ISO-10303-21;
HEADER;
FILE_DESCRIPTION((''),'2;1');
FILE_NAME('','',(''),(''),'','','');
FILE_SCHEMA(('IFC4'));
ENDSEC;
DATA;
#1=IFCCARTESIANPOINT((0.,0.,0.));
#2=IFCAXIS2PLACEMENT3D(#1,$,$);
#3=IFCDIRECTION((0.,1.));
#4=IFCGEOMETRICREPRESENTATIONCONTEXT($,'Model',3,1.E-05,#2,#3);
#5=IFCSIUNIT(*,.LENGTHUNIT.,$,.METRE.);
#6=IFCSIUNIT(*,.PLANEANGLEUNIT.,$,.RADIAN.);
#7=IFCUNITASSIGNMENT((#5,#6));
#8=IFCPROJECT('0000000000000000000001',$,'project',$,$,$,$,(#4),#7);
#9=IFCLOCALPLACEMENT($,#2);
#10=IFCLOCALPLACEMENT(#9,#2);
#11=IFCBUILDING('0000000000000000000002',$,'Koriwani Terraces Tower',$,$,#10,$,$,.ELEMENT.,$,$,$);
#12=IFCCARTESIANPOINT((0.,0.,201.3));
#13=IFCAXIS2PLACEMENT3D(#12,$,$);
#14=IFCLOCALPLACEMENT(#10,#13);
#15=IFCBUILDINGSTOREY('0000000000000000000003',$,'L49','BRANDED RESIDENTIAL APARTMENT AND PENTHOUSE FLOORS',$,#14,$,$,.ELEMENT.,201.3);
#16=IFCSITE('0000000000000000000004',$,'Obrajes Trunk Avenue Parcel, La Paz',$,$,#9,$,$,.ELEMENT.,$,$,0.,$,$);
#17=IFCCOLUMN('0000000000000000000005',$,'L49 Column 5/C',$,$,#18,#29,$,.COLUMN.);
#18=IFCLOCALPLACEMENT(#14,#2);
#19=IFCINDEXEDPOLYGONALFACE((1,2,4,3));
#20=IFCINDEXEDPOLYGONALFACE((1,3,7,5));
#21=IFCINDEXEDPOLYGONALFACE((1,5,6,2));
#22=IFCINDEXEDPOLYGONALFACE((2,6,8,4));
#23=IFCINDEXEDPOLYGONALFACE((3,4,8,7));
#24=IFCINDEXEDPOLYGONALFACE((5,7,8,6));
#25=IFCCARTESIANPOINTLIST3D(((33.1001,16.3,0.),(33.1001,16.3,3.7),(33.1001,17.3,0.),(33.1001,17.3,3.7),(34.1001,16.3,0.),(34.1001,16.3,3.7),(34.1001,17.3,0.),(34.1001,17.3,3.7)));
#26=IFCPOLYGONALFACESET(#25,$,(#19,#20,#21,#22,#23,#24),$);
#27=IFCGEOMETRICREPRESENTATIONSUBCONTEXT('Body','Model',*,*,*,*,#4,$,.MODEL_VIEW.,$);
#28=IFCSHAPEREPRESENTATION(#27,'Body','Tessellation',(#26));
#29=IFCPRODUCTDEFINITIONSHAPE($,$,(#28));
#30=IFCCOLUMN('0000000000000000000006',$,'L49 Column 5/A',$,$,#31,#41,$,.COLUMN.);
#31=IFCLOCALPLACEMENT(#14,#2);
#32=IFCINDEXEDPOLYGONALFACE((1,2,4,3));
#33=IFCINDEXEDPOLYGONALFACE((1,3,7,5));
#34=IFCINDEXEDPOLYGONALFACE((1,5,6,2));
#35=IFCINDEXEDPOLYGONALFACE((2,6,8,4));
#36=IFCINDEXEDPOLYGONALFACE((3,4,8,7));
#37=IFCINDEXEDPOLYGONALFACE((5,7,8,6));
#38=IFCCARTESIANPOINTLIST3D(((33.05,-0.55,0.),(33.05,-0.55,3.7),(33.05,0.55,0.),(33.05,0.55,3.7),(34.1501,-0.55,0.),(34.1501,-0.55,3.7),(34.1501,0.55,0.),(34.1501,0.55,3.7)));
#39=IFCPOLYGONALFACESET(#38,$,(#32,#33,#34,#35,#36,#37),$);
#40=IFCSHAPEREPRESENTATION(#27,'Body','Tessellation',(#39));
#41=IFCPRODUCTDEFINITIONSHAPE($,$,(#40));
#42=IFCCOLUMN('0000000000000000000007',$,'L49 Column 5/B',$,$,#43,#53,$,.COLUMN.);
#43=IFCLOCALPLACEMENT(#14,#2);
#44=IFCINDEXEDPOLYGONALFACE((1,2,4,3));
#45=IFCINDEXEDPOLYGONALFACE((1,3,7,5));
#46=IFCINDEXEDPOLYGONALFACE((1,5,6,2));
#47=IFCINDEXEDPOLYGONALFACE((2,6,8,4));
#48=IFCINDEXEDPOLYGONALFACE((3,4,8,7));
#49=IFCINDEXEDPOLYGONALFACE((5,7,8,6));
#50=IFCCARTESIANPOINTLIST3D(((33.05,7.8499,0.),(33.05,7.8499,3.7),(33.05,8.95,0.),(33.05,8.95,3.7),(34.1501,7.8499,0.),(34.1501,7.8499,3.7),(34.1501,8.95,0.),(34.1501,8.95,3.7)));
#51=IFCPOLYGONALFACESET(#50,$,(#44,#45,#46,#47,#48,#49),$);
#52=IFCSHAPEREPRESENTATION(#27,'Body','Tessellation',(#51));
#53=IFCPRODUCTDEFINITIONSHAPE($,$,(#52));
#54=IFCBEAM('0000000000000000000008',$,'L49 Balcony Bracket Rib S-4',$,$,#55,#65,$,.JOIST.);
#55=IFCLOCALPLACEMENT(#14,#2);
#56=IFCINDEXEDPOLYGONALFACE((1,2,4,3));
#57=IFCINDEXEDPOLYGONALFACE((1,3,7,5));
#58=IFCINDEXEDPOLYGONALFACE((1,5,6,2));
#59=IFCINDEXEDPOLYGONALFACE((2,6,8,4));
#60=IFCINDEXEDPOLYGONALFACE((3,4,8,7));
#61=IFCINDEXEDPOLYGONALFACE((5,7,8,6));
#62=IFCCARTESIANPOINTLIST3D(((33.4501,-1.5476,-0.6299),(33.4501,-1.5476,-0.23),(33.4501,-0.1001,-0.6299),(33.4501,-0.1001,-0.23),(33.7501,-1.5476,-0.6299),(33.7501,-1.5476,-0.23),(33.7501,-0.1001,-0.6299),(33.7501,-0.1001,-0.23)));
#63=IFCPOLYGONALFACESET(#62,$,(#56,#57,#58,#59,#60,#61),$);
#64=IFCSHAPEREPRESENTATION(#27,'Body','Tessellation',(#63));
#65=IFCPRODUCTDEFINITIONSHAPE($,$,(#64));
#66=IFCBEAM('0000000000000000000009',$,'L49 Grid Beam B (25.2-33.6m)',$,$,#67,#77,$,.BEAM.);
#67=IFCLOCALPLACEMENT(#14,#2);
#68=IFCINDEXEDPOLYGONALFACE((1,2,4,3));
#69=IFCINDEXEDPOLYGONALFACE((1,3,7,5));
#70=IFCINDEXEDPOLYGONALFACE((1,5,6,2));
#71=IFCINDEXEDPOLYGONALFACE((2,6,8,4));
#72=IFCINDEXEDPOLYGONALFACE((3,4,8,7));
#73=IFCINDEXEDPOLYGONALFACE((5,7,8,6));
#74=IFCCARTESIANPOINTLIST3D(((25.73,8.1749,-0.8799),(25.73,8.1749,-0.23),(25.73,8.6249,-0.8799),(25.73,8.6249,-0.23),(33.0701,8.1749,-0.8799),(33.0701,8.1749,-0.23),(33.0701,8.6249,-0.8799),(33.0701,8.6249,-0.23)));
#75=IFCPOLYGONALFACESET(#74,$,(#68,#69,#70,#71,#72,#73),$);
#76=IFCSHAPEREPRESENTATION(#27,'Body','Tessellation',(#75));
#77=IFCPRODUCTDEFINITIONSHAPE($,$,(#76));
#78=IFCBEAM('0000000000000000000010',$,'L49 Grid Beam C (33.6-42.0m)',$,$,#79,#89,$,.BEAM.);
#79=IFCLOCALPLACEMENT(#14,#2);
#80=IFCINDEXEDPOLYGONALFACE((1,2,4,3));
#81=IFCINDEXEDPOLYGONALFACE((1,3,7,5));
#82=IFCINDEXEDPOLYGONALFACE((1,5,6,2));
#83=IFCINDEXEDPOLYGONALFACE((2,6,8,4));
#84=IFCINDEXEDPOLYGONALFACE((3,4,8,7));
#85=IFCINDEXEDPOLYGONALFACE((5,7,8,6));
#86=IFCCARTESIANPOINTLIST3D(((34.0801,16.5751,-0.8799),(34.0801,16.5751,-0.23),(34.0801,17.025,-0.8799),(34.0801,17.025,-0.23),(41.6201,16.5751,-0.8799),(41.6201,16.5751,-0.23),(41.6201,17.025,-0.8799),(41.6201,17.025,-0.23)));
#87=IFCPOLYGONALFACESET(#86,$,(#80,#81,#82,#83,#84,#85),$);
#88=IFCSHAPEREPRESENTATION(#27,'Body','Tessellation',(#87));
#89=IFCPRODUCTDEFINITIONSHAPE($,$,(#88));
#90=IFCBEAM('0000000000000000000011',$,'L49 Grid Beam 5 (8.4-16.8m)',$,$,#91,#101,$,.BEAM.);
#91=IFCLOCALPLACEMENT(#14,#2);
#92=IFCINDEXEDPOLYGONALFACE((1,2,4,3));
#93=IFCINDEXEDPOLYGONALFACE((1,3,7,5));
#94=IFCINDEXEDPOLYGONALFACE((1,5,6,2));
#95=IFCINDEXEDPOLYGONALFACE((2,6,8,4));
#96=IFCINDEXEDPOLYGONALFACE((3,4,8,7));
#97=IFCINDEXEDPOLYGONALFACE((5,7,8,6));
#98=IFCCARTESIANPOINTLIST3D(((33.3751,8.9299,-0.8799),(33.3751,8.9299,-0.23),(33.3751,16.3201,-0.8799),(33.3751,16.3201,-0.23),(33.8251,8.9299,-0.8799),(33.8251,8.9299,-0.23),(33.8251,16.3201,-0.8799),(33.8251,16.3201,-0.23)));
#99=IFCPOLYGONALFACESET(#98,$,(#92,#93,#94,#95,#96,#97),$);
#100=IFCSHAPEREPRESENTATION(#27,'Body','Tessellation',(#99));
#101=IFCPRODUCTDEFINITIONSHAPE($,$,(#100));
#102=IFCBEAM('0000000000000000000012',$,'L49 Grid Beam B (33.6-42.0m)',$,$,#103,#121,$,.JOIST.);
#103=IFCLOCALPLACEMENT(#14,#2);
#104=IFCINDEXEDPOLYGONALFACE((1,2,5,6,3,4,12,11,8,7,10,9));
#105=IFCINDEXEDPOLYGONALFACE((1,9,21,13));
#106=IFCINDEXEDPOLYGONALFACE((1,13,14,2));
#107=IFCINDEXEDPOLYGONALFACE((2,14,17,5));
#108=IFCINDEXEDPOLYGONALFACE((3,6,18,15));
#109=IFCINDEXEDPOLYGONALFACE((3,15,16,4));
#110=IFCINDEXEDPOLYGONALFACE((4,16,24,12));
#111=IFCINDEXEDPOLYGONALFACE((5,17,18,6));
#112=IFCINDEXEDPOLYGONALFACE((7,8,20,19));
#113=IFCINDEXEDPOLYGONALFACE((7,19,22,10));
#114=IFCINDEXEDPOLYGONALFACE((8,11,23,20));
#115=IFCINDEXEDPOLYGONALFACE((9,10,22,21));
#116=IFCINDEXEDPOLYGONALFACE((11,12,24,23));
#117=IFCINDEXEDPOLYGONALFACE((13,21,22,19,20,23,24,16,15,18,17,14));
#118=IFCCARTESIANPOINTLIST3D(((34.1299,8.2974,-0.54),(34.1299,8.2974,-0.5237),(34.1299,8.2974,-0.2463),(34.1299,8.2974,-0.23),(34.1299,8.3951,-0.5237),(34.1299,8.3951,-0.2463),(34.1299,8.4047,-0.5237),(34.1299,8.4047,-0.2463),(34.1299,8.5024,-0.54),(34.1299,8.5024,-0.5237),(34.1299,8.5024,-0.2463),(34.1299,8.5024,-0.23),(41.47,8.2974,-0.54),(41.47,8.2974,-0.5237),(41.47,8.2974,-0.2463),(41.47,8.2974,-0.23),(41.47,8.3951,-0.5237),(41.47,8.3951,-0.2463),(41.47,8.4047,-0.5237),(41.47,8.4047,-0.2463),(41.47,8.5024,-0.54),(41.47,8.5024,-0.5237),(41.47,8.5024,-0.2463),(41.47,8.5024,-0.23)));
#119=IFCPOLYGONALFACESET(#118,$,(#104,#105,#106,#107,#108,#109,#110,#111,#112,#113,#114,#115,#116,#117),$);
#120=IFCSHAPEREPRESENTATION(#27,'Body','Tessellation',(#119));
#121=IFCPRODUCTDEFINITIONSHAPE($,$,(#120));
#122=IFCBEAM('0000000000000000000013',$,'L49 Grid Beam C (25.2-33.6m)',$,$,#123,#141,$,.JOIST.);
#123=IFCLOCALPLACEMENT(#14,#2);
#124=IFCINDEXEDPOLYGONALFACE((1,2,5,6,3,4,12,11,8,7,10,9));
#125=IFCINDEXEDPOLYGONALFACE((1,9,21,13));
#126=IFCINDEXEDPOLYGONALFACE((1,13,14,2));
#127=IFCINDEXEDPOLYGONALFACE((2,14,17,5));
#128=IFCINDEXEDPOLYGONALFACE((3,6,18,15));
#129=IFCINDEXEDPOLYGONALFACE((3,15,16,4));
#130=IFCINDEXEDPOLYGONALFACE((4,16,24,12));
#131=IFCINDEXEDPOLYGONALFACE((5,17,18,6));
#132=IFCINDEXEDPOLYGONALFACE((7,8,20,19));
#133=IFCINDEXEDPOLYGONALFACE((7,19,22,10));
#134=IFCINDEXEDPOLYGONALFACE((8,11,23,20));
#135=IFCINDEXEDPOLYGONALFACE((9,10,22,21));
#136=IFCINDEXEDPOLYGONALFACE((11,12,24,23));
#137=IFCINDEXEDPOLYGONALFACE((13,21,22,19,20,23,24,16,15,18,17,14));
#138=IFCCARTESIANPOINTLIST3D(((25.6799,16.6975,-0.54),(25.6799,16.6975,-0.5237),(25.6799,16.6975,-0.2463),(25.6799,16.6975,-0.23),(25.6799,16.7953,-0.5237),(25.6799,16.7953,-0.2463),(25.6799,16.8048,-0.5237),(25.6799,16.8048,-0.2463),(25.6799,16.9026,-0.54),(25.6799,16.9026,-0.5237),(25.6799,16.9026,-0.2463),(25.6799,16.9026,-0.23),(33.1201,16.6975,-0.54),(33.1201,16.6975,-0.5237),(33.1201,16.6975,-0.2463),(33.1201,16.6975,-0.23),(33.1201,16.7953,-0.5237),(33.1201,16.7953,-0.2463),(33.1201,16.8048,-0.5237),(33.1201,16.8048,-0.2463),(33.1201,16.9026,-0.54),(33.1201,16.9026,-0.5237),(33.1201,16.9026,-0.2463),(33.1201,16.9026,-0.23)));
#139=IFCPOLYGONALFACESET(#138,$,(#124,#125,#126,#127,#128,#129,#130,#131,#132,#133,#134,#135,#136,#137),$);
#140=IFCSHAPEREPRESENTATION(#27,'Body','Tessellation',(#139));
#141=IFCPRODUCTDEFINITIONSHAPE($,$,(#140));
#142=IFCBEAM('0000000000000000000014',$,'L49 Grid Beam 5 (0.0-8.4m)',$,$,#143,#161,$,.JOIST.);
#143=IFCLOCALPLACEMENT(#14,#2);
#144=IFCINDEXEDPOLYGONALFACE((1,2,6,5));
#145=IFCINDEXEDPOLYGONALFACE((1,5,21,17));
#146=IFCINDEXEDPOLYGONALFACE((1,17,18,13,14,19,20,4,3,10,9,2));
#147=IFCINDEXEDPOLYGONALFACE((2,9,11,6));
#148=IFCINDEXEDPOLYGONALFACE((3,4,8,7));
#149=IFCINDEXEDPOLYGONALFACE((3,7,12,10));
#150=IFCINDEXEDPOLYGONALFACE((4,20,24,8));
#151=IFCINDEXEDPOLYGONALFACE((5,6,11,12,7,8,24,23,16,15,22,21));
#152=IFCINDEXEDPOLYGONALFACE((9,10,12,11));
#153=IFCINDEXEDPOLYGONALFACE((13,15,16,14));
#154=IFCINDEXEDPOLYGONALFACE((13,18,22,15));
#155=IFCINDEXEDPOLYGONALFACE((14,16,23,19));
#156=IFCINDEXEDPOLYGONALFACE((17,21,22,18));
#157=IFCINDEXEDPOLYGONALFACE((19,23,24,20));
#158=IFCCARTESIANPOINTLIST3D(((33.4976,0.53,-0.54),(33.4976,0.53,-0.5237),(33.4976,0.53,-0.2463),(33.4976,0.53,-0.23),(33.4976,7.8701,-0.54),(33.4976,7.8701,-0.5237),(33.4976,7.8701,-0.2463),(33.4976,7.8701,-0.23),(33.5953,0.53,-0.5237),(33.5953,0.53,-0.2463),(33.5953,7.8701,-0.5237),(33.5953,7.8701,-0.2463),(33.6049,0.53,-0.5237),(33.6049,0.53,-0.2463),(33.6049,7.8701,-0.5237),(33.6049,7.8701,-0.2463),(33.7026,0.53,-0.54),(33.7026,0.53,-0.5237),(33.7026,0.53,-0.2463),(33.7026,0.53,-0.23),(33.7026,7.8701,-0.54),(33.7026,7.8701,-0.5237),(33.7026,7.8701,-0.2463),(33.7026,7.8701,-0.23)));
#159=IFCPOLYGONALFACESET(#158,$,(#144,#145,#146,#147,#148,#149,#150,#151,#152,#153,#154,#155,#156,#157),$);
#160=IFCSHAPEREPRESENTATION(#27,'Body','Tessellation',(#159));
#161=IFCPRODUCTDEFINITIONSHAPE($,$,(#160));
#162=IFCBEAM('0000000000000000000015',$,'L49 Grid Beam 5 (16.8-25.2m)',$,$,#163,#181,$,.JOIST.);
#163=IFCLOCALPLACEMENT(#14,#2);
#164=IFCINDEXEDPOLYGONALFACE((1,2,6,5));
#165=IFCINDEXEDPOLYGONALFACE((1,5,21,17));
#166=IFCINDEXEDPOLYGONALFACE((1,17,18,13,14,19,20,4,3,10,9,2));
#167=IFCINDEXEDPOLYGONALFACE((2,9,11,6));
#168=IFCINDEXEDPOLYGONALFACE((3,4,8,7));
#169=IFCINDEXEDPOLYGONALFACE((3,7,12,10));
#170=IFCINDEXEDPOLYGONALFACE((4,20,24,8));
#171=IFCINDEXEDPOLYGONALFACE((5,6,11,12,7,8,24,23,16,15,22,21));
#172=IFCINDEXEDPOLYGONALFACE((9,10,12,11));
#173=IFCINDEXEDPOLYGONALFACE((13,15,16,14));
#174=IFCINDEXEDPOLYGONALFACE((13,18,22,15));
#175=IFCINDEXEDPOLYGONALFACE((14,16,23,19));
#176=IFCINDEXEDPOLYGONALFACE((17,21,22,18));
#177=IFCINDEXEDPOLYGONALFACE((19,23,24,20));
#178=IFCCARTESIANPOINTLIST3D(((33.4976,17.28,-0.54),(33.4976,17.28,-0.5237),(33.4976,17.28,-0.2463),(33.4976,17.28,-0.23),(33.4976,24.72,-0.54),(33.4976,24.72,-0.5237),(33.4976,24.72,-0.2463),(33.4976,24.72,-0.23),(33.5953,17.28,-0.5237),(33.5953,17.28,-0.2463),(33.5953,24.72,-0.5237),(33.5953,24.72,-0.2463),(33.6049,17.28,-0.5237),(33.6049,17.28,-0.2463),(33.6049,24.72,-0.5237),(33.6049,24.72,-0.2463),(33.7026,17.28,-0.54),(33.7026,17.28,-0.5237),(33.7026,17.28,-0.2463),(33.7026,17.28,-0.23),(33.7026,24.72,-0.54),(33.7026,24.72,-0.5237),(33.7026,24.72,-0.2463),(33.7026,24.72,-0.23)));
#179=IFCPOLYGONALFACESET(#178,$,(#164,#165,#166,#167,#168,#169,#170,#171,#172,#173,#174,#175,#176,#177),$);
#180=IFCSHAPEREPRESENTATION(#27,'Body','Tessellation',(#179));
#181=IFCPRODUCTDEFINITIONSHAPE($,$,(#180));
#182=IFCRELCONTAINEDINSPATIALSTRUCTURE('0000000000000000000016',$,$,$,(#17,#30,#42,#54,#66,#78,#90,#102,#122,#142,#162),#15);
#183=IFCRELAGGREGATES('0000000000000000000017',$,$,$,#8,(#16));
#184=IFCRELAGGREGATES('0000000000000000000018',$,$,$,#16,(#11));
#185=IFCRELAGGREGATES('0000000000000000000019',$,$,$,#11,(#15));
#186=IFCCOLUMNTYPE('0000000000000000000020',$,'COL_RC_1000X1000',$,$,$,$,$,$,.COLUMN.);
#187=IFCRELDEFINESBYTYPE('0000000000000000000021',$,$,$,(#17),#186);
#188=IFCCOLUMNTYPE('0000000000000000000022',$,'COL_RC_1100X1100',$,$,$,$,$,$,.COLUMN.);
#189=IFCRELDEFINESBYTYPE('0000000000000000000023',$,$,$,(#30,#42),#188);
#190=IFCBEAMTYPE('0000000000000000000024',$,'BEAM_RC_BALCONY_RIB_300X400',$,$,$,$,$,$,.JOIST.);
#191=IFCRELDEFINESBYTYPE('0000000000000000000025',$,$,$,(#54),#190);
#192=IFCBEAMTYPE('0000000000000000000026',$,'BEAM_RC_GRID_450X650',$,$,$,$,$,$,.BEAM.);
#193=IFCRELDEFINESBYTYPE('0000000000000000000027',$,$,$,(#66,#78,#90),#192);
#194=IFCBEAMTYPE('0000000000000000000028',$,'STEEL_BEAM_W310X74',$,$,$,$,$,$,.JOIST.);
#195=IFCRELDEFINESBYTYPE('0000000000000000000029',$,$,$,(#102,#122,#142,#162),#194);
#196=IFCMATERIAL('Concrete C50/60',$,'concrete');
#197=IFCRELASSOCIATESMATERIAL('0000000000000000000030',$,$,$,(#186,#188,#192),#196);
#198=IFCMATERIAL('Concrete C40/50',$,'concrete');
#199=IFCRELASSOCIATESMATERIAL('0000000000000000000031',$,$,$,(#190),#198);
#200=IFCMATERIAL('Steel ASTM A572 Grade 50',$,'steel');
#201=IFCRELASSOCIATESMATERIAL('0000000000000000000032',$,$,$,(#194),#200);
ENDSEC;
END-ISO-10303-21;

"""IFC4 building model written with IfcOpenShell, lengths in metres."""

from ifc_helpers import new_model, si_unit, direction, frame, origin, origin_2d, place, context, subcontext, project, spatial, rectangle, i_section, extrude, material, material_profile, profile_set, type_object, element, save


model = new_model("IFC4")

# Units and contexts
model_context = context("Model", 3, precision=1e-05, world=origin(), true_north=direction((0.0, 1.0)))
body_context = subcontext(model_context, "Body", "Model", "MODEL_VIEW")
ifc_project = project(units=[si_unit("LENGTHUNIT", "METRE"), si_unit("PLANEANGLEUNIT", "RADIAN")], contexts=[model_context])

# Site, building, storey
site_placement = place(None, origin())
site = spatial("IfcSite", under=ifc_project, at=site_placement, Name="Obrajes Trunk Avenue Parcel, La Paz", CompositionType="ELEMENT", RefElevation=0.0)
building_placement = place(site_placement, origin())
building = spatial("IfcBuilding", under=site, at=building_placement, Name="Koriwani Terraces Tower", CompositionType="ELEMENT")
storey_placement = place(building_placement, frame((0.0, 0.0, 201.3)))
storey = spatial("IfcBuildingStorey", under=building, at=storey_placement, Name="L49", Description="BRANDED RESIDENTIAL APARTMENT AND PENTHOUSE FLOORS", CompositionType="ELEMENT", Elevation=201.3)

# Columns
ifc_material_1 = material(Name="Concrete C50/60", Category="concrete")
ifc_material_profile_1 = material_profile(ifc_material_1, rectangle(XDim=1.0, YDim=1.0, at=origin_2d()), Name="Concrete C50/60", Category="LoadBearing")
ifc_profile_set_1 = profile_set([ifc_material_profile_1], Name="Concrete C50/60")
column_type_1 = type_object("IfcColumnType", Name="COL_RC_1000X1000", PredefinedType="COLUMN", material=ifc_profile_set_1)
column_placement = place(storey_placement, frame((33.6001, 16.8, 0.0), z_axis=(0.0, 0.0, 1.0), x_axis=(1.0, 0.0, 0.0)))
element("IfcColumn", 1, at=column_placement, inside=storey, type_object=column_type_1, Name="L49 Column 5/C", PredefinedType="COLUMN", context=body_context, shape_type="SweptSolid", body=[
    extrude(rectangle(XDim=1.0, YDim=1.0, at=origin_2d()), origin(), (0.0, 0.0, 1.0), 3.7),
])
ifc_material_profile_2 = material_profile(ifc_material_1, rectangle(XDim=1.1001, YDim=1.1001, at=origin_2d()), Name="Concrete C50/60", Category="LoadBearing")
ifc_profile_set_2 = profile_set([ifc_material_profile_2], Name="Concrete C50/60")
column_type_2 = type_object("IfcColumnType", Name="COL_RC_1100X1100", PredefinedType="COLUMN", material=ifc_profile_set_2)
for number, where, z_axis, x_axis, name in (
    (2, (33.6001, 0.0, 0.0), (0.0, 0.0, 1.0), (1.0, 0.0, 0.0), "L49 Column 5/A"),
    (3, (33.6001, 8.3999, 0.0), (0.0, 0.0, 1.0), (1.0, 0.0, 0.0), "L49 Column 5/B"),
):
    element("IfcColumn", number, at=place(storey_placement, frame(where, z_axis=z_axis, x_axis=x_axis)), inside=storey, type_object=column_type_2, Name=name, PredefinedType="COLUMN", context=body_context, shape_type="SweptSolid", body=[
        extrude(rectangle(XDim=1.1001, YDim=1.1001, at=origin_2d()), origin(), (0.0, 0.0, 1.0), 3.7),
    ])

# Beams
ifc_material_2 = material(Name="Concrete C40/50", Category="concrete")
ifc_material_profile_3 = material_profile(ifc_material_2, rectangle(XDim=0.3, YDim=0.3999, at=origin_2d()), Name="Concrete C40/50", Category="LoadBearing")
ifc_profile_set_3 = profile_set([ifc_material_profile_3], Name="Concrete C40/50")
beam_type_1 = type_object("IfcBeamType", Name="BEAM_RC_BALCONY_RIB_300X400", PredefinedType="JOIST", material=ifc_profile_set_3)
beam_1_placement = place(storey_placement, frame((33.6001, -1.5476, -0.4299), z_axis=(0.0, 1.0, 0.0), x_axis=(-1.0, 0.0, 0.0)))
element("IfcBeam", 4, at=beam_1_placement, inside=storey, type_object=beam_type_1, Name="L49 Balcony Bracket Rib S-4", PredefinedType="JOIST", context=body_context, shape_type="SweptSolid", body=[
    extrude(rectangle(XDim=0.3, YDim=0.3999, at=origin_2d()), origin(), (0.0, 0.0, 1.0), 1.4475),
])
ifc_material_profile_4 = material_profile(ifc_material_1, rectangle(XDim=0.45, YDim=0.6499, at=origin_2d()), Name="Concrete C50/60", Category="LoadBearing")
ifc_profile_set_4 = profile_set([ifc_material_profile_4], Name="Concrete C50/60")
beam_type_2 = type_object("IfcBeamType", Name="BEAM_RC_GRID_450X650", PredefinedType="BEAM", material=ifc_profile_set_4)
beam_2_placement = place(storey_placement, frame((25.73, 8.3999, -0.5549), z_axis=(1.0, 0.0, 0.0), x_axis=(0.0, 1.0, 0.0)))
element("IfcBeam", 5, at=beam_2_placement, inside=storey, type_object=beam_type_2, Name="L49 Grid Beam B (25.2-33.6m)", PredefinedType="BEAM", context=body_context, shape_type="SweptSolid", body=[
    extrude(rectangle(XDim=0.45, YDim=0.6499, at=origin_2d()), origin(), (0.0, 0.0, 1.0), 7.3401),
])
beam_3_placement = place(storey_placement, frame((34.0801, 16.8, -0.5549), z_axis=(1.0, 0.0, 0.0), x_axis=(0.0, 1.0, 0.0)))
element("IfcBeam", 6, at=beam_3_placement, inside=storey, type_object=beam_type_2, Name="L49 Grid Beam C (33.6-42.0m)", PredefinedType="BEAM", context=body_context, shape_type="SweptSolid", body=[
    extrude(rectangle(XDim=0.45, YDim=0.6499, at=origin_2d()), origin(), (0.0, 0.0, 1.0), 7.54),
])
beam_4_placement = place(storey_placement, frame((33.6001, 8.9299, -0.5549), z_axis=(0.0, 1.0, 0.0), x_axis=(-1.0, 0.0, 0.0)))
element("IfcBeam", 7, at=beam_4_placement, inside=storey, type_object=beam_type_2, Name="L49 Grid Beam 5 (8.4-16.8m)", PredefinedType="BEAM", context=body_context, shape_type="SweptSolid", body=[
    extrude(rectangle(XDim=0.45, YDim=0.6499, at=origin_2d()), origin(), (0.0, 0.0, 1.0), 7.3901),
])
ifc_material_3 = material(Name="Steel ASTM A572 Grade 50", Category="steel")
ifc_material_profile_5 = material_profile(ifc_material_3, i_section(OverallWidth=0.2051, OverallDepth=0.3101, WebThickness=0.0095, FlangeThickness=0.0164, at=origin_2d()), Name="Steel ASTM A572 Grade 50", Category="LoadBearing")
ifc_profile_set_5 = profile_set([ifc_material_profile_5], Name="Steel ASTM A572 Grade 50")
beam_type_3 = type_object("IfcBeamType", Name="STEEL_BEAM_W310X74", PredefinedType="JOIST", material=ifc_profile_set_5)
beam_5_placement = place(storey_placement, frame((34.1299, 8.3999, -0.385), z_axis=(1.0, 0.0, 0.0), x_axis=(0.0, 1.0, 0.0)))
element("IfcBeam", 8, at=beam_5_placement, inside=storey, type_object=beam_type_3, Name="L49 Grid Beam B (33.6-42.0m)", PredefinedType="JOIST", context=body_context, shape_type="SweptSolid", body=[
    extrude(i_section(OverallWidth=0.2051, OverallDepth=0.3101, WebThickness=0.0095, FlangeThickness=0.0164, at=origin_2d()), origin(), (0.0, 0.0, 1.0), 7.3401),
])
beam_6_placement = place(storey_placement, frame((25.6799, 16.8, -0.385), z_axis=(1.0, 0.0, 0.0), x_axis=(0.0, 1.0, 0.0)))
element("IfcBeam", 9, at=beam_6_placement, inside=storey, type_object=beam_type_3, Name="L49 Grid Beam C (25.2-33.6m)", PredefinedType="JOIST", context=body_context, shape_type="SweptSolid", body=[
    extrude(i_section(OverallWidth=0.2051, OverallDepth=0.3101, WebThickness=0.0095, FlangeThickness=0.0164, at=origin_2d()), origin(), (0.0, 0.0, 1.0), 7.4402),
])
beam_7_placement = place(storey_placement, frame((33.6001, 0.53, -0.385), z_axis=(0.0, 1.0, 0.0), x_axis=(-1.0, 0.0, 0.0)))
element("IfcBeam", 10, at=beam_7_placement, inside=storey, type_object=beam_type_3, Name="L49 Grid Beam 5 (0.0-8.4m)", PredefinedType="JOIST", context=body_context, shape_type="SweptSolid", body=[
    extrude(i_section(OverallWidth=0.2051, OverallDepth=0.3101, WebThickness=0.0095, FlangeThickness=0.0164, at=origin_2d()), origin(), (0.0, 0.0, 1.0), 7.3401),
])
beam_8_placement = place(storey_placement, frame((33.6001, 17.28, -0.385), z_axis=(0.0, 1.0, 0.0), x_axis=(-1.0, 0.0, 0.0)))
element("IfcBeam", 11, at=beam_8_placement, inside=storey, type_object=beam_type_3, Name="L49 Grid Beam 5 (16.8-25.2m)", PredefinedType="JOIST", context=body_context, shape_type="SweptSolid", body=[
    extrude(i_section(OverallWidth=0.2051, OverallDepth=0.3101, WebThickness=0.0095, FlangeThickness=0.0164, at=origin_2d()), origin(), (0.0, 0.0, 1.0), 7.4399),
])

save(model, "model.ifc")
